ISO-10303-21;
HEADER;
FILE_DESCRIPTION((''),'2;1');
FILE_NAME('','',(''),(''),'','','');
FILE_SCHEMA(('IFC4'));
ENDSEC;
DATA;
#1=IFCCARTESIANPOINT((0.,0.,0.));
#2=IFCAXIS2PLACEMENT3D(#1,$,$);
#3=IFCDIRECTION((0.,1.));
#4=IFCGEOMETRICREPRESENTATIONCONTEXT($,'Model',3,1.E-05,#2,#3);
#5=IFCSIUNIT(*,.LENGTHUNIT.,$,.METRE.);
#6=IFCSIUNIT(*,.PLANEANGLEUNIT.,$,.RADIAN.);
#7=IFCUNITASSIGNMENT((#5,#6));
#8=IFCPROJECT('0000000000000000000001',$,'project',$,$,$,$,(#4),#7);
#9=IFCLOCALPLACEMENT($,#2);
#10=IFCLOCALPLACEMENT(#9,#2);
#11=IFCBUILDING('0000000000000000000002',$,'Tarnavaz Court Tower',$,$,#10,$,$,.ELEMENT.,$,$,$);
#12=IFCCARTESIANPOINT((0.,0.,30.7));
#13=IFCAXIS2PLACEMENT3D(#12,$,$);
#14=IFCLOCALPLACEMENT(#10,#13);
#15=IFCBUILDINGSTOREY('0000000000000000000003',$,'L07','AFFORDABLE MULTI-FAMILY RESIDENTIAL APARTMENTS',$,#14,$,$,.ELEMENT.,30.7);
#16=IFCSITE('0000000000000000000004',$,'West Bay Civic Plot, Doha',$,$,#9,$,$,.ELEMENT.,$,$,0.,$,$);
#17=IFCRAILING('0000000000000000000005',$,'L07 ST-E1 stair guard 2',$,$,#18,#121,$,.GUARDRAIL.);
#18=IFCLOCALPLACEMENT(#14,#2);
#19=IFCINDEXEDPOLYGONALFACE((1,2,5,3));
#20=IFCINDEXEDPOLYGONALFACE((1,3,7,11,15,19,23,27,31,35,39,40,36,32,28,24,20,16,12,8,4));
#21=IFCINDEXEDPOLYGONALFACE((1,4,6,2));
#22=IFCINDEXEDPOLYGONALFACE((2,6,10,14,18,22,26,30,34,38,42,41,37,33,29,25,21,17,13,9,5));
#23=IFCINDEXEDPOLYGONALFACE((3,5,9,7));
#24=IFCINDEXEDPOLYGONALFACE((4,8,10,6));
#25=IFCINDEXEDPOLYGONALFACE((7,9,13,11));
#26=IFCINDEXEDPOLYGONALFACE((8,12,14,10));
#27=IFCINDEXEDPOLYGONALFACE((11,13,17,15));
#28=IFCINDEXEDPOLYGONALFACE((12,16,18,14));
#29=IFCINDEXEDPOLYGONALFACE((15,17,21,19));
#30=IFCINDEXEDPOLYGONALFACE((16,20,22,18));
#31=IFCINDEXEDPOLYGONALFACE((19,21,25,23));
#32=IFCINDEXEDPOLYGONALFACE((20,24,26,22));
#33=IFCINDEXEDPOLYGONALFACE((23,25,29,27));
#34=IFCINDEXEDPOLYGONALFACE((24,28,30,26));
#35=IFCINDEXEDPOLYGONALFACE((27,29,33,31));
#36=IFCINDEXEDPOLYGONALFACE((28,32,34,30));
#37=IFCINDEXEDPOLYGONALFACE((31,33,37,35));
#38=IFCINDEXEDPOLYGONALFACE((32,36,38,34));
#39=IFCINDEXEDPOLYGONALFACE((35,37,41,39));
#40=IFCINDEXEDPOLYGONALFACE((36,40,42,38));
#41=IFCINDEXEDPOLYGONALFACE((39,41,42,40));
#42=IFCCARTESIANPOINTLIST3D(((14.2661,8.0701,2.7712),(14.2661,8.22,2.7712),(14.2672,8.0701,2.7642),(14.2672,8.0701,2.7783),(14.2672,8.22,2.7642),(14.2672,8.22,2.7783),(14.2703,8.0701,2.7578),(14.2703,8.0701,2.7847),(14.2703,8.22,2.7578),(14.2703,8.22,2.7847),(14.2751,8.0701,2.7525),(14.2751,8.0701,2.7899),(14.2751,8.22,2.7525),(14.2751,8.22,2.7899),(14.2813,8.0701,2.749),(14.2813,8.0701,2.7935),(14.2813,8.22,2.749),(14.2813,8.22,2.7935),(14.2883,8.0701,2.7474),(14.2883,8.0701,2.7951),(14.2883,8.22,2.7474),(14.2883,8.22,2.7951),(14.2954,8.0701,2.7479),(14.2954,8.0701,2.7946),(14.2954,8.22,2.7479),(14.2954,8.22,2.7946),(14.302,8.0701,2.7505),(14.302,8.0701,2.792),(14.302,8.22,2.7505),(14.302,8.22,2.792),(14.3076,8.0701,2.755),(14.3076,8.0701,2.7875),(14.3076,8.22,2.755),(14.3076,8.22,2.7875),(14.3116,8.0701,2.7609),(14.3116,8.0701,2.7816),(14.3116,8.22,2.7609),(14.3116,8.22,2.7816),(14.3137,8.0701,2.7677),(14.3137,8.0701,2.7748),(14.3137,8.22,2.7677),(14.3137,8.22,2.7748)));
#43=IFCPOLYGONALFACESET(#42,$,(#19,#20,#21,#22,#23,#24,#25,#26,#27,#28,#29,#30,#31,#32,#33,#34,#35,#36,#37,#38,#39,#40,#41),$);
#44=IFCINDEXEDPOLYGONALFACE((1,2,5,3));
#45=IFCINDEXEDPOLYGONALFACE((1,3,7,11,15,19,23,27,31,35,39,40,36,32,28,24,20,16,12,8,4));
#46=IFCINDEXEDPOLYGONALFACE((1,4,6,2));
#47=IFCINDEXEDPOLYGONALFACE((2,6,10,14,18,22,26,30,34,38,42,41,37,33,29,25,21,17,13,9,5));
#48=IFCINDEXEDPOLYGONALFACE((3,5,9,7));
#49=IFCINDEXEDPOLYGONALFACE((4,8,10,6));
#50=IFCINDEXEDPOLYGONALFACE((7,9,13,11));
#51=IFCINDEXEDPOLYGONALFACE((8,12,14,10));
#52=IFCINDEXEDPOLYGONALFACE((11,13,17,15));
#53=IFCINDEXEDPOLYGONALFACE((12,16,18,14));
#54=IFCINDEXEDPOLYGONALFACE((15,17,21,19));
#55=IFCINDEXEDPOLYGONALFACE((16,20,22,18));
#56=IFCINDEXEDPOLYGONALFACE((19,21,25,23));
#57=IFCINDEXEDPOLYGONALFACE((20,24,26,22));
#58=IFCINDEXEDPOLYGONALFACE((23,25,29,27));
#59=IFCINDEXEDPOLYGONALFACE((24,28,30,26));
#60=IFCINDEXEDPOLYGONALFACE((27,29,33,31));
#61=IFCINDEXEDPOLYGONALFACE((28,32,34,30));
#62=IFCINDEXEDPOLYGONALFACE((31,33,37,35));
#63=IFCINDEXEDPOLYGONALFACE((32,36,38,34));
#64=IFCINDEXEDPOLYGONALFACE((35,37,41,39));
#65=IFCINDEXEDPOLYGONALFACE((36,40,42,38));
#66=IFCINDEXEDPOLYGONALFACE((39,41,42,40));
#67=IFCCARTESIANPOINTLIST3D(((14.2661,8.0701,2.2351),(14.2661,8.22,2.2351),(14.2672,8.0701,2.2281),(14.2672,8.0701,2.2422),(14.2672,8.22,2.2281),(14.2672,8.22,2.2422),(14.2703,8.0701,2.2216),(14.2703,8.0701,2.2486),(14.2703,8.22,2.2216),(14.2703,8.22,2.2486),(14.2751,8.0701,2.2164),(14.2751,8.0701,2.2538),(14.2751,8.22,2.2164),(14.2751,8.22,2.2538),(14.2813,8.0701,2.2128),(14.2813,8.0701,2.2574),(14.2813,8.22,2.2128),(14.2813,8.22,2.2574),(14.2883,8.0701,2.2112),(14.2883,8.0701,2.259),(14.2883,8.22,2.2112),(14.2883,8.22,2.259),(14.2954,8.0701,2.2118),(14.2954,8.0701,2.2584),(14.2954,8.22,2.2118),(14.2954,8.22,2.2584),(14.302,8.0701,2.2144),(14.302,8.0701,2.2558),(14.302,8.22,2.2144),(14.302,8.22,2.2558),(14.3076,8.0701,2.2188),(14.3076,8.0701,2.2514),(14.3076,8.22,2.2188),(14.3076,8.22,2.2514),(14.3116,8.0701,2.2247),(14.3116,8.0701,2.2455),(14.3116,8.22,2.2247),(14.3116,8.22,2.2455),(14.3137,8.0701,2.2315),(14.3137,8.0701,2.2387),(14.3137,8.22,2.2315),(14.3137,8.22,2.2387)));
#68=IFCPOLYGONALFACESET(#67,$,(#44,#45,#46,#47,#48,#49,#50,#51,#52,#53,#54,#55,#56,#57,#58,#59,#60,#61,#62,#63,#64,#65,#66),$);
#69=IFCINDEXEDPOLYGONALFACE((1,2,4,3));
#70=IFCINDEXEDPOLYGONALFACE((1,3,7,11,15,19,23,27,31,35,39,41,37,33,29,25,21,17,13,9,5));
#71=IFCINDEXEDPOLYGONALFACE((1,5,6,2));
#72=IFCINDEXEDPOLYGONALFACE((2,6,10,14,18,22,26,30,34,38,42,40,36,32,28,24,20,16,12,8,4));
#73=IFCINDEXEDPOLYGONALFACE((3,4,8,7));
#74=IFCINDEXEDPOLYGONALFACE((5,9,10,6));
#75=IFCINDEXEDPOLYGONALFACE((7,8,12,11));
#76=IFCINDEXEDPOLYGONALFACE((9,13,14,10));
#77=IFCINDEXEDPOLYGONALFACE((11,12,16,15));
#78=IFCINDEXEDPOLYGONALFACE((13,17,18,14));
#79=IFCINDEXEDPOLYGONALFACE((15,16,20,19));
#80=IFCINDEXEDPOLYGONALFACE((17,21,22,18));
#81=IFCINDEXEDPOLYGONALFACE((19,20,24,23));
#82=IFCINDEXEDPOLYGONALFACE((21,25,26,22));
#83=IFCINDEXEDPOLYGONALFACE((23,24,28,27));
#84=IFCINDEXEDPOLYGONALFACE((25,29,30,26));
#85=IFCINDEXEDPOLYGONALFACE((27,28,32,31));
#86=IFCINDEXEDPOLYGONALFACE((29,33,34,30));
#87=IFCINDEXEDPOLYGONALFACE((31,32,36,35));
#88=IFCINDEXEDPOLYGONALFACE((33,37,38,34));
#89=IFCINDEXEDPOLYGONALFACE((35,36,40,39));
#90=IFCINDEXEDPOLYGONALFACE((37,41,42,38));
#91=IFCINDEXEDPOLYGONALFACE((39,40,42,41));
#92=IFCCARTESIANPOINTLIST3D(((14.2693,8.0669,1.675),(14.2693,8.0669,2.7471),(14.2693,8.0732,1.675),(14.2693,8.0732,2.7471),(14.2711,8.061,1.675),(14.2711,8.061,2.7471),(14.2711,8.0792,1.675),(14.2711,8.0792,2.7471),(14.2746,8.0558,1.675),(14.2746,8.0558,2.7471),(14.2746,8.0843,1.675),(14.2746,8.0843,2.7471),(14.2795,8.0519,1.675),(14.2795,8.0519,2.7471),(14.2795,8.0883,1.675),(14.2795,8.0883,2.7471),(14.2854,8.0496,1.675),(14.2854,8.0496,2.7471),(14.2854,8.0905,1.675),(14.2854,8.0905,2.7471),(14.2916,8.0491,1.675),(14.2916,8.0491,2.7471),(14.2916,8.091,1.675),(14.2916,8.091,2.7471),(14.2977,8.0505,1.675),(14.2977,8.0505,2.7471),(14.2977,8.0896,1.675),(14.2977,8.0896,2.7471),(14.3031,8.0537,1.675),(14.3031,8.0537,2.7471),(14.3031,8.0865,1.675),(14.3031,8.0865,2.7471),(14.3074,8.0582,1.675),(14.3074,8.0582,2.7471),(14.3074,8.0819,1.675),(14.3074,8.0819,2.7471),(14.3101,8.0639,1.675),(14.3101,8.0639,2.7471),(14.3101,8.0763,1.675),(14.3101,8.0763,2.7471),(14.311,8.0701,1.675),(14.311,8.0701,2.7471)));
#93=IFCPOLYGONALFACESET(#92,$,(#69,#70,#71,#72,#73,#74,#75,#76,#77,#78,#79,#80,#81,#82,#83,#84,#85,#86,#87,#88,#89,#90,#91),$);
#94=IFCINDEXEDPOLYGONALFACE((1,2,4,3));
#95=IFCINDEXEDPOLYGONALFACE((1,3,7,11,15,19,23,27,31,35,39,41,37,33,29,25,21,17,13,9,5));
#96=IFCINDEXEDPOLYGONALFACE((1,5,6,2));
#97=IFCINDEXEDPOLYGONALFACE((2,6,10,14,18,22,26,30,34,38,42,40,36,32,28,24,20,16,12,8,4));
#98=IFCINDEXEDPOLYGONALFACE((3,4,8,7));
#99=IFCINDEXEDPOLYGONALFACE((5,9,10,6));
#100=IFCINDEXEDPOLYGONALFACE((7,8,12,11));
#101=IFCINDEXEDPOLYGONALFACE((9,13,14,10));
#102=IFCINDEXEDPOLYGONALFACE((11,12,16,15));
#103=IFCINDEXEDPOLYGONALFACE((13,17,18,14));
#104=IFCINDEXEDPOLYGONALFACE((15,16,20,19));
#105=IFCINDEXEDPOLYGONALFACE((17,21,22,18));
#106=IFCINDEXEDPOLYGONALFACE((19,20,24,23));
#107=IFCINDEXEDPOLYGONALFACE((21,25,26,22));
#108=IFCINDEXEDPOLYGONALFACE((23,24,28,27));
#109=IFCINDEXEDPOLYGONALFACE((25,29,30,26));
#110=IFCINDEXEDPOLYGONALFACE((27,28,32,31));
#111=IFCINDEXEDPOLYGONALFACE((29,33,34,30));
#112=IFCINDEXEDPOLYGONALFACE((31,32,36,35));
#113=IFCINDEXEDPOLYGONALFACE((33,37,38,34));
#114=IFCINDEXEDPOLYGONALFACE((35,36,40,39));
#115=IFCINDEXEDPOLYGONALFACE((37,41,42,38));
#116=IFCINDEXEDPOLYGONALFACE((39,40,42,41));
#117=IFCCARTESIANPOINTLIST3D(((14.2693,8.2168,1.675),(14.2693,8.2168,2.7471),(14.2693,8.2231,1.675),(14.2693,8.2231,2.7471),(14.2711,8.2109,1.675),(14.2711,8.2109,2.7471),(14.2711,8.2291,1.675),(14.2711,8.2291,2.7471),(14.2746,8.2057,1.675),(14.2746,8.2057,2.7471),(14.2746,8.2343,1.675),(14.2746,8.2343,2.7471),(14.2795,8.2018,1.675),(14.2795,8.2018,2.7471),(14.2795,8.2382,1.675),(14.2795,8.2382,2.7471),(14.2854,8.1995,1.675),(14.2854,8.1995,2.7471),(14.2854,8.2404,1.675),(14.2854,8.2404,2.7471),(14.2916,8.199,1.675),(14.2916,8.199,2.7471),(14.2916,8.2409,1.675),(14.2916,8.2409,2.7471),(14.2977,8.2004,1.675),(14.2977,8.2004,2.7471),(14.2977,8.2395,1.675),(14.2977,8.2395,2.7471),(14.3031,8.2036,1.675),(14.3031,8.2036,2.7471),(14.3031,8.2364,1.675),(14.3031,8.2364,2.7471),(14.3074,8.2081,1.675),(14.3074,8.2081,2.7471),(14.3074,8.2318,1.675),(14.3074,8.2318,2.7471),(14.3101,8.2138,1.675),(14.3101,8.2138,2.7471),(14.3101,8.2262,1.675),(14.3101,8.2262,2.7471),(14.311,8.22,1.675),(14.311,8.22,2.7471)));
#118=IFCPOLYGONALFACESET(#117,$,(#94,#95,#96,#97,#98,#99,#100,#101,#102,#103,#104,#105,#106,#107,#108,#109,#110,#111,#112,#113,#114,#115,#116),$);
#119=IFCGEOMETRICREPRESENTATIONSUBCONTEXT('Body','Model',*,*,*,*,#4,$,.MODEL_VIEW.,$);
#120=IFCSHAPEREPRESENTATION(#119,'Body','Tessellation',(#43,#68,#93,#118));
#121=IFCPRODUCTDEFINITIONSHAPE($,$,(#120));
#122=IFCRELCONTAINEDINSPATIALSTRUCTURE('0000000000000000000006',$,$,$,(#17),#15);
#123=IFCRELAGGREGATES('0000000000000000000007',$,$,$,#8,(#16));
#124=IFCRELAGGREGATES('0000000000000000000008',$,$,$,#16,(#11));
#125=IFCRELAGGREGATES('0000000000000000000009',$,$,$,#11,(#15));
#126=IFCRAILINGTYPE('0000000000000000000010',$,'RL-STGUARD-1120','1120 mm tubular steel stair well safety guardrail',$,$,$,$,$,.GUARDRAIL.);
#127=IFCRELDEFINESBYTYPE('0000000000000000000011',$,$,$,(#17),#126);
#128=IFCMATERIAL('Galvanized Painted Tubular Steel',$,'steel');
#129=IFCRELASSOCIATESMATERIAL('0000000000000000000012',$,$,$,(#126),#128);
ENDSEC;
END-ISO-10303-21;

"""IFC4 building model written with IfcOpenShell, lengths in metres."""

from ifc_helpers import new_model, si_unit, direction, frame, origin, origin_2d, place, context, subcontext, project, spatial, circle, extrude, material, type_object, element, save


model = new_model("IFC4")

# Units and contexts
model_context = context("Model", 3, precision=1e-05, world=origin(), true_north=direction((0.0, 1.0)))
body_context = subcontext(model_context, "Body", "Model", "MODEL_VIEW")
ifc_project = project(units=[si_unit("LENGTHUNIT", "METRE"), si_unit("PLANEANGLEUNIT", "RADIAN")], contexts=[model_context])

# Site, building, storey
site_placement = place(None, origin())
site = spatial("IfcSite", under=ifc_project, at=site_placement, Name="West Bay Civic Plot, Doha", CompositionType="ELEMENT", RefElevation=0.0)
building_placement = place(site_placement, origin())
building = spatial("IfcBuilding", under=site, at=building_placement, Name="Tarnavaz Court Tower", CompositionType="ELEMENT")
storey_placement = place(building_placement, frame((0.0, 0.0, 30.7)))
storey = spatial("IfcBuildingStorey", under=building, at=storey_placement, Name="L07", Description="AFFORDABLE MULTI-FAMILY RESIDENTIAL APARTMENTS", CompositionType="ELEMENT", Elevation=30.7)

# Railing
ifc_material_1 = material(Name="Galvanized Painted Tubular Steel", Category="steel")
railing_type_1 = type_object("IfcRailingType", Name="RL-STGUARD-1120", Description="1120 mm tubular steel stair well safety guardrail", PredefinedType="GUARDRAIL", material=ifc_material_1)
railing_1_placement = place(storey_placement, frame((14.29, 8.0701, 1.675)))
element("IfcRailing", 1, at=railing_1_placement, inside=storey, type_object=railing_type_1, Name="L07 ST-E1 stair guard 2", PredefinedType="GUARDRAIL", context=body_context, shape_type="SweptSolid", body=[
    extrude(circle(Radius=0.0239, at=origin_2d()), frame((0.0, 0.0, 1.0962), z_axis=(0.0, 1.0, 0.0), x_axis=(-1.0, 0.0, 0.0)), (0.0, 0.0, 1.0), 0.1499),
    extrude(circle(Radius=0.0239, at=origin_2d()), frame((0.0, 0.0, 0.5601), z_axis=(0.0, 1.0, 0.0), x_axis=(-1.0, 0.0, 0.0)), (0.0, 0.0, 1.0), 0.1499),
    extrude(circle(Radius=0.021, at=origin_2d()), origin(), (0.0, 0.0, 1.0), 1.072),
    extrude(circle(Radius=0.021, at=origin_2d()), frame((0.0, 0.1499, 0.0)), (0.0, 0.0, 1.0), 1.072),
])

save(model, "model.ifc")
